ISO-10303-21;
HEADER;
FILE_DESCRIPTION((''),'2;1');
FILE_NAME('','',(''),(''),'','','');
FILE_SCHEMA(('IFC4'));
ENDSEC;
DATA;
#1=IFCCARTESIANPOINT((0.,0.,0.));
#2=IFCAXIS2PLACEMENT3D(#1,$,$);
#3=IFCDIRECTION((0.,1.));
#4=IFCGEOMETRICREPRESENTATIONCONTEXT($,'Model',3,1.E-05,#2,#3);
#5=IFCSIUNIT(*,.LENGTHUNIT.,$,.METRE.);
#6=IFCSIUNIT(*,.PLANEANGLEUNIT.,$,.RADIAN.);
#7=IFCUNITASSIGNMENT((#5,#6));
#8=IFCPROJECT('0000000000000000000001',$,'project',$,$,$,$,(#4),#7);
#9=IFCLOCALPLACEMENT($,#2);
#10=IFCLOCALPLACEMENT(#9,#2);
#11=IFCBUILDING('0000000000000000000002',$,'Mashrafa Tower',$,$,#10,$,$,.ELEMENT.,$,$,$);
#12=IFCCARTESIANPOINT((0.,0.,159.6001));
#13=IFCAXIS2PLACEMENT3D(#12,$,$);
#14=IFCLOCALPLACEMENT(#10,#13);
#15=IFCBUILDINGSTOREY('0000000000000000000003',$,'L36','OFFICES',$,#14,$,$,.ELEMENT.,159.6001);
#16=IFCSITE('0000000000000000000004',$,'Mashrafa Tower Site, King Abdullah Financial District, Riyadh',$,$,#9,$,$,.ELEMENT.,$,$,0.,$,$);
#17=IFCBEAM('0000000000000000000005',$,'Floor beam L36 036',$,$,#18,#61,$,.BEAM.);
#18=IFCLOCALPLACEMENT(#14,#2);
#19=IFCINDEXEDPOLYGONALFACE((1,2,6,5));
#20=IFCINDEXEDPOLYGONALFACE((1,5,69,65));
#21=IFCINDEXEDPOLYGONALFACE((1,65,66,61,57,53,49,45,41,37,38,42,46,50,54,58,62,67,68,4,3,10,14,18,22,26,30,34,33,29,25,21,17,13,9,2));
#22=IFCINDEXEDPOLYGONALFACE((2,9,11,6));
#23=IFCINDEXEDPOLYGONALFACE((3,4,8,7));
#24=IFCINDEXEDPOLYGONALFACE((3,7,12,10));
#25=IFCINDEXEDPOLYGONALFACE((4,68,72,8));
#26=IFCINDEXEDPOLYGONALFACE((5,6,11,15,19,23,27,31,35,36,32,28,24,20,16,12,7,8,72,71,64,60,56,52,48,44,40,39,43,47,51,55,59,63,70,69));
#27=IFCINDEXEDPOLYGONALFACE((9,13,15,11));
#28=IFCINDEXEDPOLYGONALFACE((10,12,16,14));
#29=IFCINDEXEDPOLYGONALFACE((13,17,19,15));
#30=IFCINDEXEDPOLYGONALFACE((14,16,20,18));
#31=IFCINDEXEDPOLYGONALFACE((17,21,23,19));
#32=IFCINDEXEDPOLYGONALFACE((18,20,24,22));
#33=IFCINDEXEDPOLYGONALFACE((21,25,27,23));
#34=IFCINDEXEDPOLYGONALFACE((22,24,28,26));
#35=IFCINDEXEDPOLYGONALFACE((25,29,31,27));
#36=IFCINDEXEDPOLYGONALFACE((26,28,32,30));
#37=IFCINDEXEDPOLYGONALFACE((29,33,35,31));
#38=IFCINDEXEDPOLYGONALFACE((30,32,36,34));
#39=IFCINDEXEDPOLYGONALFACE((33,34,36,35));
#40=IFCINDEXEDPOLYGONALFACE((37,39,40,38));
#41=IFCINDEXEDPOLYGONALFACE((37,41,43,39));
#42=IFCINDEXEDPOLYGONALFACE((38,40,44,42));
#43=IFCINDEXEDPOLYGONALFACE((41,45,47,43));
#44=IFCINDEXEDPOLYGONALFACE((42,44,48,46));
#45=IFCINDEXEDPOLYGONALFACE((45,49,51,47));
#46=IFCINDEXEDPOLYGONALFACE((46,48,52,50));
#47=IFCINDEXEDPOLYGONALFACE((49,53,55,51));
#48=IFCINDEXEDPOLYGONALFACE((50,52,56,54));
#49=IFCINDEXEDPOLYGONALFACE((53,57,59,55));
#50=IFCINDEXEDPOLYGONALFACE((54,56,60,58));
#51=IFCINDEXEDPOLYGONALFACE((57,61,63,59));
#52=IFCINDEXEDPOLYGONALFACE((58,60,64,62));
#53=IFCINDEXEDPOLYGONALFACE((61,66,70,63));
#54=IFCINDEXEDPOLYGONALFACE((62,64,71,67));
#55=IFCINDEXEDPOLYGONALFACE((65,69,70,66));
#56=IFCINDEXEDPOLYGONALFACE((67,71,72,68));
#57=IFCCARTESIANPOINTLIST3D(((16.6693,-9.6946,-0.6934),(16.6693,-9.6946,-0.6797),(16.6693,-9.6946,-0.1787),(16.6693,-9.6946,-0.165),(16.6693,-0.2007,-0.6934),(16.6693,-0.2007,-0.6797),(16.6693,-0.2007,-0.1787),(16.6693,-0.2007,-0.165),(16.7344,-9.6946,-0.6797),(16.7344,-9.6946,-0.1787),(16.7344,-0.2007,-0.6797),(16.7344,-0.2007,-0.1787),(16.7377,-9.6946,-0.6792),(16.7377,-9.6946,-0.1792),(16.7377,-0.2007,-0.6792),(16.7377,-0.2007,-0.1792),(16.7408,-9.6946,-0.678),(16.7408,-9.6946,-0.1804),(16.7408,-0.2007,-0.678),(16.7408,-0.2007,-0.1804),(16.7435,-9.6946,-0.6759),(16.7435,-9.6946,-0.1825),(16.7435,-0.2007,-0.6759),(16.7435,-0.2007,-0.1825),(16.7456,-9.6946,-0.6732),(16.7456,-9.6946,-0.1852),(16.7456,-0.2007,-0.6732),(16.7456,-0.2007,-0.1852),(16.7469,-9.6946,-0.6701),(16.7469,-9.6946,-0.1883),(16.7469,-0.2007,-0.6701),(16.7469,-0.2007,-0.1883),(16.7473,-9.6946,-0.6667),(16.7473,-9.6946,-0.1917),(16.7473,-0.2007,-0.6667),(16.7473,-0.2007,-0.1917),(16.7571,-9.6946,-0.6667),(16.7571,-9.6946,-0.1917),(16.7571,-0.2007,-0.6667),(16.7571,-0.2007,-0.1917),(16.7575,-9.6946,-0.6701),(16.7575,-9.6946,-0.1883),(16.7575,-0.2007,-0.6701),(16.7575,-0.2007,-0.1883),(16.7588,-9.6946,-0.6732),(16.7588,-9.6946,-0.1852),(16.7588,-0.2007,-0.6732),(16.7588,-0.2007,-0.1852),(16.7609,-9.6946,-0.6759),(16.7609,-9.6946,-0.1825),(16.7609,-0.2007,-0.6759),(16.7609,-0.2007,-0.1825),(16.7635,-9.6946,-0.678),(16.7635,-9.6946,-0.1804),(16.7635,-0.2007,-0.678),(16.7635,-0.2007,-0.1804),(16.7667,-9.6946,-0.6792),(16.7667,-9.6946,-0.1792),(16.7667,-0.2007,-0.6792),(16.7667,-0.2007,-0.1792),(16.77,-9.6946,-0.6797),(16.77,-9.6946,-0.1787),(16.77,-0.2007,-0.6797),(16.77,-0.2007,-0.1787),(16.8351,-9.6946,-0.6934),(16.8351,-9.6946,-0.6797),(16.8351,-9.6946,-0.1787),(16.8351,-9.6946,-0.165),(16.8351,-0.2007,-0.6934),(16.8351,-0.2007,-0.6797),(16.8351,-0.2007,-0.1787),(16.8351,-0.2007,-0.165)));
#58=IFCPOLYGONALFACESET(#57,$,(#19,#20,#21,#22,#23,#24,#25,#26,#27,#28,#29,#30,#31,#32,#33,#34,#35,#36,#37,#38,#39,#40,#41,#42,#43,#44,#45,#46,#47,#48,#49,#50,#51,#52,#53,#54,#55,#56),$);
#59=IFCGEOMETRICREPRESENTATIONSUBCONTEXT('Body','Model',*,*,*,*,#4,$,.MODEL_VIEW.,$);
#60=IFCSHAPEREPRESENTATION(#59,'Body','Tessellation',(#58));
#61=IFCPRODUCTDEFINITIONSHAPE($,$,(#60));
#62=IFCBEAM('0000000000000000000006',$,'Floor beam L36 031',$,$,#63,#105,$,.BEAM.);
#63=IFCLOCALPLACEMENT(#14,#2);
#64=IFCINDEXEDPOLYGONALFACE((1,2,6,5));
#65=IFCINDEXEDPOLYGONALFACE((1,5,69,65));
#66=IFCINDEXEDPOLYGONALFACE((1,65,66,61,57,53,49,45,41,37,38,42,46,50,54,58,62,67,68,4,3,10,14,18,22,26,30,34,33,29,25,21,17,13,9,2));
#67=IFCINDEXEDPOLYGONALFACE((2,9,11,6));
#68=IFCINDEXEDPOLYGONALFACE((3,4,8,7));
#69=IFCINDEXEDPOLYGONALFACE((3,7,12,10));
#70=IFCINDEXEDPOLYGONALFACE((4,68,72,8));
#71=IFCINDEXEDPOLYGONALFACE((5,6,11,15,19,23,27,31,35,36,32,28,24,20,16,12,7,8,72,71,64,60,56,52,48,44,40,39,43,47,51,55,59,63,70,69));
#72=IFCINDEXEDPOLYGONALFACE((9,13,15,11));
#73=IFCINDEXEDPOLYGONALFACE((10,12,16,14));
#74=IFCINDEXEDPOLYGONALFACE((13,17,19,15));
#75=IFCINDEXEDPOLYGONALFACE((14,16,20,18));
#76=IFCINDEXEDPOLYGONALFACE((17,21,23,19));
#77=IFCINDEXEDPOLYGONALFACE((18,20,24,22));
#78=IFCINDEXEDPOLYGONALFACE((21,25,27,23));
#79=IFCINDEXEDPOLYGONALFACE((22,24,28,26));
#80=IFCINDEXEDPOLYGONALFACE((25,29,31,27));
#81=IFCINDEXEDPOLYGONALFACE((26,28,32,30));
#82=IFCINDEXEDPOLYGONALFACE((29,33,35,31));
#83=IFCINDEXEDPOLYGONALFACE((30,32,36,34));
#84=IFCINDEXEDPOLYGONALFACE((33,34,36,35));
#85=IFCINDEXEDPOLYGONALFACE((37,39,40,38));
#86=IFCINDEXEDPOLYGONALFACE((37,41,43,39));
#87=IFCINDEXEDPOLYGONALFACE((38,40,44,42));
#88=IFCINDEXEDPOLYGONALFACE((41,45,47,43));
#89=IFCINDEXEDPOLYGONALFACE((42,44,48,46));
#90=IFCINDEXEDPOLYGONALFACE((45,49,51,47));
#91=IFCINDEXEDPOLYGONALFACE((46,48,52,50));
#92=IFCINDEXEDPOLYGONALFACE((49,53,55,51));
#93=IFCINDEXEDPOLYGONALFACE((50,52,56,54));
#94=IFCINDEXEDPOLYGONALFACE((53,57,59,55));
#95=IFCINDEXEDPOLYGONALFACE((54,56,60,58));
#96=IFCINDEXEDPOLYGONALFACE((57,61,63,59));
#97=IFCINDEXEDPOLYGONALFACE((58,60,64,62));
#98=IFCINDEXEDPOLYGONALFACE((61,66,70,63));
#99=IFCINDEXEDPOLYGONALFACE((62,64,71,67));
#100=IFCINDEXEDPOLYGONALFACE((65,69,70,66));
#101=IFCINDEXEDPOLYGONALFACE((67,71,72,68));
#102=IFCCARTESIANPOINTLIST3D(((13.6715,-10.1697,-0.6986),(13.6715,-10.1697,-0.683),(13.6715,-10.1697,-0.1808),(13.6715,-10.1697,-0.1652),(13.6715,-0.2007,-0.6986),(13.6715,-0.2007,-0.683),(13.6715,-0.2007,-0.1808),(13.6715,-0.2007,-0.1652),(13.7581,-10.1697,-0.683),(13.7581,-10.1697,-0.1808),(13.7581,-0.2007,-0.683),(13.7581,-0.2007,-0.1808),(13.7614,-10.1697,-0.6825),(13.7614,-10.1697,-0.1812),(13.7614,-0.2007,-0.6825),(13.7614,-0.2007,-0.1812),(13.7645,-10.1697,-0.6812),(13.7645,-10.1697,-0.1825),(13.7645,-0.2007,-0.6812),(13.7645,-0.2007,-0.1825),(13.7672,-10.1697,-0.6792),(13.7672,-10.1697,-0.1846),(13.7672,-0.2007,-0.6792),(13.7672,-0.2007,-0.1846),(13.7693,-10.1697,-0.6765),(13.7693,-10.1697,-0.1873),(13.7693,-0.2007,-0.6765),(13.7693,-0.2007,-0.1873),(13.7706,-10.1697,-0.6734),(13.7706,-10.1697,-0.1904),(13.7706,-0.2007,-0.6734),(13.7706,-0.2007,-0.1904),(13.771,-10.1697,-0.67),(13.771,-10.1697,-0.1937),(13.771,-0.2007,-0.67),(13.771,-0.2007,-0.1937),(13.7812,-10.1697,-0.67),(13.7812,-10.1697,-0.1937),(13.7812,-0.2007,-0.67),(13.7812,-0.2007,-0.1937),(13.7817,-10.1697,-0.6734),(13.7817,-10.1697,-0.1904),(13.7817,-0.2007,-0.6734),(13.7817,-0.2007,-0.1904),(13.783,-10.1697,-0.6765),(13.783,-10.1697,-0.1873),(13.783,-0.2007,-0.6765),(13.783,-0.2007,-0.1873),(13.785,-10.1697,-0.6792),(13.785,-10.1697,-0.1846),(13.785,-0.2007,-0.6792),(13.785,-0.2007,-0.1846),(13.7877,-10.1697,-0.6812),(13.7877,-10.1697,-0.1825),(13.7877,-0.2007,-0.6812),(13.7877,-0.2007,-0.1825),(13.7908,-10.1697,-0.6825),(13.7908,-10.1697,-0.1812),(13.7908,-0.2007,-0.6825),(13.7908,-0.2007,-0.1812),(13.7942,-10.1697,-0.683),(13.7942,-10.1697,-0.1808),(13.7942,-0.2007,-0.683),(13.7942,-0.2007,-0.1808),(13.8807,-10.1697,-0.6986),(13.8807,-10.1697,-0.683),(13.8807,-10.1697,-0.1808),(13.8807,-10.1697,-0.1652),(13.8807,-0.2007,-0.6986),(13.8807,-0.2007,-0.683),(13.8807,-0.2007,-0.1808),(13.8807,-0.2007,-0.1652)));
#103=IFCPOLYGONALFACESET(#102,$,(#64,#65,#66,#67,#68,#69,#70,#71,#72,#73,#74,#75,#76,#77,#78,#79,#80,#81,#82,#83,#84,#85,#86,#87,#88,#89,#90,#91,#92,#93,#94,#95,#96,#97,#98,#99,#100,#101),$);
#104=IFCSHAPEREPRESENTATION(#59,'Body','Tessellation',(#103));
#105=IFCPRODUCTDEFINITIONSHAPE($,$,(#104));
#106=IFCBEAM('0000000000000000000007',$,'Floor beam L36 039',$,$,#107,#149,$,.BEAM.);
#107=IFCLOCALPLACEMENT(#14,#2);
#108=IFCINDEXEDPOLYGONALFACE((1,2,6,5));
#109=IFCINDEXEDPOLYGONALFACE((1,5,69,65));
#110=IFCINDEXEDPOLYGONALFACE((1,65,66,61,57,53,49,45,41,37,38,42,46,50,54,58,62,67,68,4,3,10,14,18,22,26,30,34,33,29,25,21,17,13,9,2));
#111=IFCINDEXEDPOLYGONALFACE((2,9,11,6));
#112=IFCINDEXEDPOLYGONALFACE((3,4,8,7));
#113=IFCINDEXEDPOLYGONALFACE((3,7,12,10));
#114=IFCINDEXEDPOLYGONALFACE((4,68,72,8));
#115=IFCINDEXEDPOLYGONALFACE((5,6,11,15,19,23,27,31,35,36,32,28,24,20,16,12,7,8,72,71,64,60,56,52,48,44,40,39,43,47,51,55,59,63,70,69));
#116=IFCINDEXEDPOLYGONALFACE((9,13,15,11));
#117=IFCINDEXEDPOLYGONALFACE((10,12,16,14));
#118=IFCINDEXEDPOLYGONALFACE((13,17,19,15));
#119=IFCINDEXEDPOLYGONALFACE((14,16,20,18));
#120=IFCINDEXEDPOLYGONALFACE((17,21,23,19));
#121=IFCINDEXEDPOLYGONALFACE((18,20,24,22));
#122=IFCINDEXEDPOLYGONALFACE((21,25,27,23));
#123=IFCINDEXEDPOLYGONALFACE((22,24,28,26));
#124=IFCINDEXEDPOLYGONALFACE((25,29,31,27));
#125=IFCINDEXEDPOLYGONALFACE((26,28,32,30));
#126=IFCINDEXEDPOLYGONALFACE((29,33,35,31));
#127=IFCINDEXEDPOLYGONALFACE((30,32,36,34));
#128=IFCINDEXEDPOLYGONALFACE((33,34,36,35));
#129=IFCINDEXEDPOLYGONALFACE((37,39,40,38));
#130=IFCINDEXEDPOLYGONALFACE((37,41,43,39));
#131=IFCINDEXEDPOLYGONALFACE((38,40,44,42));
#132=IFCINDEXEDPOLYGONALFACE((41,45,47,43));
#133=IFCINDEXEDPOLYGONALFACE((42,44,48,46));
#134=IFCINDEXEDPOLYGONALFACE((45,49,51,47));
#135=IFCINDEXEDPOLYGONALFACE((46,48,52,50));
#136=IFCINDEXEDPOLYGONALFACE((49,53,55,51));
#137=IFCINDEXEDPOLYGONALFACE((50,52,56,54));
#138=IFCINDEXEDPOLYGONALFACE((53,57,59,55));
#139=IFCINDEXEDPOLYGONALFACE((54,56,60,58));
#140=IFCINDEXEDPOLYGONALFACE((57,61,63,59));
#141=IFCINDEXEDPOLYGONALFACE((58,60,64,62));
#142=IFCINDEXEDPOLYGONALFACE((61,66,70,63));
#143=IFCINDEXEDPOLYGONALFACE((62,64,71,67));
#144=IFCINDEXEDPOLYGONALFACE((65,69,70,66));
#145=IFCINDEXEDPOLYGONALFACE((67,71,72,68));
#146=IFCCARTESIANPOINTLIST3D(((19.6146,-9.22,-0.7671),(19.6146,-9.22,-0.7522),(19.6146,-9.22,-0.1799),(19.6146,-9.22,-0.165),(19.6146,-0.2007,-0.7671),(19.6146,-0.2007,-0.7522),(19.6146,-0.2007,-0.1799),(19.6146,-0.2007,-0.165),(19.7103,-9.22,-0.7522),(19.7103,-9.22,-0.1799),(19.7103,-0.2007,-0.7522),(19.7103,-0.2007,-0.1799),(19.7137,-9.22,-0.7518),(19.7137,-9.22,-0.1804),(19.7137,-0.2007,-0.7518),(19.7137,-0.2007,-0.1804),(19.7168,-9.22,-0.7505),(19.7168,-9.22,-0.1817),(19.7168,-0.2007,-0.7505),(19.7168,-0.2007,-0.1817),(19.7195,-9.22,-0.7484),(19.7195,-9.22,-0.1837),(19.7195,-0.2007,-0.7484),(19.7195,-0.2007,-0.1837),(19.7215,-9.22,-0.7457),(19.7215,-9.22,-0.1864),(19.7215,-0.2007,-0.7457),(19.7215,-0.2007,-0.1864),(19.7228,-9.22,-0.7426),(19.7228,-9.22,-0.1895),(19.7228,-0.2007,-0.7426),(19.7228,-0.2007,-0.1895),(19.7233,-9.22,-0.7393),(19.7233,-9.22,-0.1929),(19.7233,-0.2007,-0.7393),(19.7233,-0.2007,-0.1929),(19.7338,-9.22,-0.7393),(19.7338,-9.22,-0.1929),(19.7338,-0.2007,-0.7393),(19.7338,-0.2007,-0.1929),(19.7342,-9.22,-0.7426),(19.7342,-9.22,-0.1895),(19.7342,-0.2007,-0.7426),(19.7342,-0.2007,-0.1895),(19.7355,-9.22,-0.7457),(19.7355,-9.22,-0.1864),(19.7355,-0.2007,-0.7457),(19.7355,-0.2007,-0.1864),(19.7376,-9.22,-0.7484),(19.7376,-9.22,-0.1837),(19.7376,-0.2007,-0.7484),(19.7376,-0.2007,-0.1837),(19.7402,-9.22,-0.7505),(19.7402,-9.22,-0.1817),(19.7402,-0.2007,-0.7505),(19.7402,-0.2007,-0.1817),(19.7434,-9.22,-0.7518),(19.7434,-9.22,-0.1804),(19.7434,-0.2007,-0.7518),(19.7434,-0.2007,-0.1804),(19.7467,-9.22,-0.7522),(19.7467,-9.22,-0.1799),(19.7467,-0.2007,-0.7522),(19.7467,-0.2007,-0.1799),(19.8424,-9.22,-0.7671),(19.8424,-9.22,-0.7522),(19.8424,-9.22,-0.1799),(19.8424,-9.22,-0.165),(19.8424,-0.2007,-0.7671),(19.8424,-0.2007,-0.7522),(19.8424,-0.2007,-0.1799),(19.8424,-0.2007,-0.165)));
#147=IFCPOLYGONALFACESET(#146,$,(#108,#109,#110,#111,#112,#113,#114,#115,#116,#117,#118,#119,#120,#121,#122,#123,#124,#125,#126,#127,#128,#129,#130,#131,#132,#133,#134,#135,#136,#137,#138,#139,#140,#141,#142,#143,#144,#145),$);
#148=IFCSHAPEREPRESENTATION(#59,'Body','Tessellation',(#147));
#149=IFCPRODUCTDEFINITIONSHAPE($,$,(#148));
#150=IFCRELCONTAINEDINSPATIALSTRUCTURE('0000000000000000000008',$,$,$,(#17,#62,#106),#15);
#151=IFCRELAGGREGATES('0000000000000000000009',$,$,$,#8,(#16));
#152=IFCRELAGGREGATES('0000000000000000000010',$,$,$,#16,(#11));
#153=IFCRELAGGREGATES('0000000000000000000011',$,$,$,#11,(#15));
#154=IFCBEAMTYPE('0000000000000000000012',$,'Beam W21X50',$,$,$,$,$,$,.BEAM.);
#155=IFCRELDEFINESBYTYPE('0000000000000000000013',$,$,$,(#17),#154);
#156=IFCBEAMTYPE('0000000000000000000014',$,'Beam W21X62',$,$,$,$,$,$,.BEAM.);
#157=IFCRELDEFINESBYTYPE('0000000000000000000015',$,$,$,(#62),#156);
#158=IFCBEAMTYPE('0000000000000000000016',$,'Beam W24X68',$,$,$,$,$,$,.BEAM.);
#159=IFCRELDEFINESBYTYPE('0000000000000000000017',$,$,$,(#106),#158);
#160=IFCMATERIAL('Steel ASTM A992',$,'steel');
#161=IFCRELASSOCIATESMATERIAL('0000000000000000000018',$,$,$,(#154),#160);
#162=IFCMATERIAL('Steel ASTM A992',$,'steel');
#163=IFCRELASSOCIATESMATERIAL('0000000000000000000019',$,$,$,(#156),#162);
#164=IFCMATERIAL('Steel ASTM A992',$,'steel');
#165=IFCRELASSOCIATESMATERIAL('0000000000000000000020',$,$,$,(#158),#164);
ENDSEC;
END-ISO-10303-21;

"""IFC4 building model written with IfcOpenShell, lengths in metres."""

from ifc_helpers import new_model, si_unit, direction, frame, origin, origin_2d, place, context, subcontext, project, spatial, i_section, extrude, material, material_profile, profile_set, type_object, element, save


model = new_model("IFC4")

# Units and contexts
model_context = context("Model", 3, precision=1e-05, world=origin(), true_north=direction((0.0, 1.0)))
body_context = subcontext(model_context, "Body", "Model", "MODEL_VIEW")
ifc_project = project(units=[si_unit("LENGTHUNIT", "METRE"), si_unit("PLANEANGLEUNIT", "RADIAN")], contexts=[model_context])

# Site, building, storey
site_placement = place(None, origin())
site = spatial("IfcSite", under=ifc_project, at=site_placement, Name="Mashrafa Tower Site, King Abdullah Financial District, Riyadh", CompositionType="ELEMENT", RefElevation=0.0)
building_placement = place(site_placement, origin())
building = spatial("IfcBuilding", under=site, at=building_placement, Name="Mashrafa Tower", CompositionType="ELEMENT")
storey_placement = place(building_placement, frame((0.0, 0.0, 159.6001)))
storey = spatial("IfcBuildingStorey", under=building, at=storey_placement, Name="L36", Description="OFFICES", CompositionType="ELEMENT", Elevation=159.6001)

# Beams
ifc_material_1 = material(Name="Steel ASTM A992", Category="steel")
ifc_material_profile_1 = material_profile(ifc_material_1, i_section(OverallWidth=0.1658, OverallDepth=0.5283, WebThickness=0.0098, FlangeThickness=0.0137, FilletRadius=0.0129, at=origin_2d()), Name="W21X50")
ifc_profile_set_1 = profile_set([ifc_material_profile_1], Name="Steel ASTM A992")
beam_type_1 = type_object("IfcBeamType", Name="Beam W21X50", PredefinedType="BEAM", material=ifc_profile_set_1)
beam_1_placement = place(storey_placement, frame((16.7522, -0.2007, -0.4292), z_axis=(0.0, -1.0, 0.0), x_axis=(1.0, 0.0, 0.0)))
element("IfcBeam", 1, at=beam_1_placement, inside=storey, type_object=beam_type_1, Name="Floor beam L36 036", PredefinedType="BEAM", context=body_context, shape_type="SweptSolid", body=[
    extrude(i_section(OverallWidth=0.1658, OverallDepth=0.5283, WebThickness=0.0098, FlangeThickness=0.0137, FilletRadius=0.0129, at=origin_2d()), origin(), (0.0, 0.0, 1.0), 9.4939),
])
ifc_material_2 = material(Name="Steel ASTM A992", Category="steel")
ifc_material_profile_2 = material_profile(ifc_material_2, i_section(OverallWidth=0.2092, OverallDepth=0.5334, WebThickness=0.0103, FlangeThickness=0.0156, FilletRadius=0.0129, at=origin_2d()), Name="W21X62")
ifc_profile_set_2 = profile_set([ifc_material_profile_2], Name="Steel ASTM A992")
beam_type_2 = type_object("IfcBeamType", Name="Beam W21X62", PredefinedType="BEAM", material=ifc_profile_set_2)
beam_2_placement = place(storey_placement, frame((13.7761, -0.2007, -0.4319), z_axis=(0.0, -1.0, 0.0), x_axis=(1.0, 0.0, 0.0)))
element("IfcBeam", 2, at=beam_2_placement, inside=storey, type_object=beam_type_2, Name="Floor beam L36 031", PredefinedType="BEAM", context=body_context, shape_type="SweptSolid", body=[
    extrude(i_section(OverallWidth=0.2092, OverallDepth=0.5334, WebThickness=0.0103, FlangeThickness=0.0156, FilletRadius=0.0129, at=origin_2d()), origin(), (0.0, 0.0, 1.0), 9.969),
])
ifc_material_3 = material(Name="Steel ASTM A992", Category="steel")
ifc_material_profile_3 = material_profile(ifc_material_3, i_section(OverallWidth=0.2278, OverallDepth=0.6021, WebThickness=0.0105, FlangeThickness=0.0149, FilletRadius=0.0129, at=origin_2d()), Name="W24X68")
ifc_profile_set_3 = profile_set([ifc_material_profile_3], Name="Steel ASTM A992")
beam_type_3 = type_object("IfcBeamType", Name="Beam W24X68", PredefinedType="BEAM", material=ifc_profile_set_3)
beam_3_placement = place(storey_placement, frame((19.7285, -0.2007, -0.4661), z_axis=(0.0, -1.0, 0.0), x_axis=(1.0, 0.0, 0.0)))
element("IfcBeam", 3, at=beam_3_placement, inside=storey, type_object=beam_type_3, Name="Floor beam L36 039", PredefinedType="BEAM", context=body_context, shape_type="SweptSolid", body=[
    extrude(i_section(OverallWidth=0.2278, OverallDepth=0.6021, WebThickness=0.0105, FlangeThickness=0.0149, FilletRadius=0.0129, at=origin_2d()), origin(), (0.0, 0.0, 1.0), 9.0193),
])

save(model, "model.ifc")
